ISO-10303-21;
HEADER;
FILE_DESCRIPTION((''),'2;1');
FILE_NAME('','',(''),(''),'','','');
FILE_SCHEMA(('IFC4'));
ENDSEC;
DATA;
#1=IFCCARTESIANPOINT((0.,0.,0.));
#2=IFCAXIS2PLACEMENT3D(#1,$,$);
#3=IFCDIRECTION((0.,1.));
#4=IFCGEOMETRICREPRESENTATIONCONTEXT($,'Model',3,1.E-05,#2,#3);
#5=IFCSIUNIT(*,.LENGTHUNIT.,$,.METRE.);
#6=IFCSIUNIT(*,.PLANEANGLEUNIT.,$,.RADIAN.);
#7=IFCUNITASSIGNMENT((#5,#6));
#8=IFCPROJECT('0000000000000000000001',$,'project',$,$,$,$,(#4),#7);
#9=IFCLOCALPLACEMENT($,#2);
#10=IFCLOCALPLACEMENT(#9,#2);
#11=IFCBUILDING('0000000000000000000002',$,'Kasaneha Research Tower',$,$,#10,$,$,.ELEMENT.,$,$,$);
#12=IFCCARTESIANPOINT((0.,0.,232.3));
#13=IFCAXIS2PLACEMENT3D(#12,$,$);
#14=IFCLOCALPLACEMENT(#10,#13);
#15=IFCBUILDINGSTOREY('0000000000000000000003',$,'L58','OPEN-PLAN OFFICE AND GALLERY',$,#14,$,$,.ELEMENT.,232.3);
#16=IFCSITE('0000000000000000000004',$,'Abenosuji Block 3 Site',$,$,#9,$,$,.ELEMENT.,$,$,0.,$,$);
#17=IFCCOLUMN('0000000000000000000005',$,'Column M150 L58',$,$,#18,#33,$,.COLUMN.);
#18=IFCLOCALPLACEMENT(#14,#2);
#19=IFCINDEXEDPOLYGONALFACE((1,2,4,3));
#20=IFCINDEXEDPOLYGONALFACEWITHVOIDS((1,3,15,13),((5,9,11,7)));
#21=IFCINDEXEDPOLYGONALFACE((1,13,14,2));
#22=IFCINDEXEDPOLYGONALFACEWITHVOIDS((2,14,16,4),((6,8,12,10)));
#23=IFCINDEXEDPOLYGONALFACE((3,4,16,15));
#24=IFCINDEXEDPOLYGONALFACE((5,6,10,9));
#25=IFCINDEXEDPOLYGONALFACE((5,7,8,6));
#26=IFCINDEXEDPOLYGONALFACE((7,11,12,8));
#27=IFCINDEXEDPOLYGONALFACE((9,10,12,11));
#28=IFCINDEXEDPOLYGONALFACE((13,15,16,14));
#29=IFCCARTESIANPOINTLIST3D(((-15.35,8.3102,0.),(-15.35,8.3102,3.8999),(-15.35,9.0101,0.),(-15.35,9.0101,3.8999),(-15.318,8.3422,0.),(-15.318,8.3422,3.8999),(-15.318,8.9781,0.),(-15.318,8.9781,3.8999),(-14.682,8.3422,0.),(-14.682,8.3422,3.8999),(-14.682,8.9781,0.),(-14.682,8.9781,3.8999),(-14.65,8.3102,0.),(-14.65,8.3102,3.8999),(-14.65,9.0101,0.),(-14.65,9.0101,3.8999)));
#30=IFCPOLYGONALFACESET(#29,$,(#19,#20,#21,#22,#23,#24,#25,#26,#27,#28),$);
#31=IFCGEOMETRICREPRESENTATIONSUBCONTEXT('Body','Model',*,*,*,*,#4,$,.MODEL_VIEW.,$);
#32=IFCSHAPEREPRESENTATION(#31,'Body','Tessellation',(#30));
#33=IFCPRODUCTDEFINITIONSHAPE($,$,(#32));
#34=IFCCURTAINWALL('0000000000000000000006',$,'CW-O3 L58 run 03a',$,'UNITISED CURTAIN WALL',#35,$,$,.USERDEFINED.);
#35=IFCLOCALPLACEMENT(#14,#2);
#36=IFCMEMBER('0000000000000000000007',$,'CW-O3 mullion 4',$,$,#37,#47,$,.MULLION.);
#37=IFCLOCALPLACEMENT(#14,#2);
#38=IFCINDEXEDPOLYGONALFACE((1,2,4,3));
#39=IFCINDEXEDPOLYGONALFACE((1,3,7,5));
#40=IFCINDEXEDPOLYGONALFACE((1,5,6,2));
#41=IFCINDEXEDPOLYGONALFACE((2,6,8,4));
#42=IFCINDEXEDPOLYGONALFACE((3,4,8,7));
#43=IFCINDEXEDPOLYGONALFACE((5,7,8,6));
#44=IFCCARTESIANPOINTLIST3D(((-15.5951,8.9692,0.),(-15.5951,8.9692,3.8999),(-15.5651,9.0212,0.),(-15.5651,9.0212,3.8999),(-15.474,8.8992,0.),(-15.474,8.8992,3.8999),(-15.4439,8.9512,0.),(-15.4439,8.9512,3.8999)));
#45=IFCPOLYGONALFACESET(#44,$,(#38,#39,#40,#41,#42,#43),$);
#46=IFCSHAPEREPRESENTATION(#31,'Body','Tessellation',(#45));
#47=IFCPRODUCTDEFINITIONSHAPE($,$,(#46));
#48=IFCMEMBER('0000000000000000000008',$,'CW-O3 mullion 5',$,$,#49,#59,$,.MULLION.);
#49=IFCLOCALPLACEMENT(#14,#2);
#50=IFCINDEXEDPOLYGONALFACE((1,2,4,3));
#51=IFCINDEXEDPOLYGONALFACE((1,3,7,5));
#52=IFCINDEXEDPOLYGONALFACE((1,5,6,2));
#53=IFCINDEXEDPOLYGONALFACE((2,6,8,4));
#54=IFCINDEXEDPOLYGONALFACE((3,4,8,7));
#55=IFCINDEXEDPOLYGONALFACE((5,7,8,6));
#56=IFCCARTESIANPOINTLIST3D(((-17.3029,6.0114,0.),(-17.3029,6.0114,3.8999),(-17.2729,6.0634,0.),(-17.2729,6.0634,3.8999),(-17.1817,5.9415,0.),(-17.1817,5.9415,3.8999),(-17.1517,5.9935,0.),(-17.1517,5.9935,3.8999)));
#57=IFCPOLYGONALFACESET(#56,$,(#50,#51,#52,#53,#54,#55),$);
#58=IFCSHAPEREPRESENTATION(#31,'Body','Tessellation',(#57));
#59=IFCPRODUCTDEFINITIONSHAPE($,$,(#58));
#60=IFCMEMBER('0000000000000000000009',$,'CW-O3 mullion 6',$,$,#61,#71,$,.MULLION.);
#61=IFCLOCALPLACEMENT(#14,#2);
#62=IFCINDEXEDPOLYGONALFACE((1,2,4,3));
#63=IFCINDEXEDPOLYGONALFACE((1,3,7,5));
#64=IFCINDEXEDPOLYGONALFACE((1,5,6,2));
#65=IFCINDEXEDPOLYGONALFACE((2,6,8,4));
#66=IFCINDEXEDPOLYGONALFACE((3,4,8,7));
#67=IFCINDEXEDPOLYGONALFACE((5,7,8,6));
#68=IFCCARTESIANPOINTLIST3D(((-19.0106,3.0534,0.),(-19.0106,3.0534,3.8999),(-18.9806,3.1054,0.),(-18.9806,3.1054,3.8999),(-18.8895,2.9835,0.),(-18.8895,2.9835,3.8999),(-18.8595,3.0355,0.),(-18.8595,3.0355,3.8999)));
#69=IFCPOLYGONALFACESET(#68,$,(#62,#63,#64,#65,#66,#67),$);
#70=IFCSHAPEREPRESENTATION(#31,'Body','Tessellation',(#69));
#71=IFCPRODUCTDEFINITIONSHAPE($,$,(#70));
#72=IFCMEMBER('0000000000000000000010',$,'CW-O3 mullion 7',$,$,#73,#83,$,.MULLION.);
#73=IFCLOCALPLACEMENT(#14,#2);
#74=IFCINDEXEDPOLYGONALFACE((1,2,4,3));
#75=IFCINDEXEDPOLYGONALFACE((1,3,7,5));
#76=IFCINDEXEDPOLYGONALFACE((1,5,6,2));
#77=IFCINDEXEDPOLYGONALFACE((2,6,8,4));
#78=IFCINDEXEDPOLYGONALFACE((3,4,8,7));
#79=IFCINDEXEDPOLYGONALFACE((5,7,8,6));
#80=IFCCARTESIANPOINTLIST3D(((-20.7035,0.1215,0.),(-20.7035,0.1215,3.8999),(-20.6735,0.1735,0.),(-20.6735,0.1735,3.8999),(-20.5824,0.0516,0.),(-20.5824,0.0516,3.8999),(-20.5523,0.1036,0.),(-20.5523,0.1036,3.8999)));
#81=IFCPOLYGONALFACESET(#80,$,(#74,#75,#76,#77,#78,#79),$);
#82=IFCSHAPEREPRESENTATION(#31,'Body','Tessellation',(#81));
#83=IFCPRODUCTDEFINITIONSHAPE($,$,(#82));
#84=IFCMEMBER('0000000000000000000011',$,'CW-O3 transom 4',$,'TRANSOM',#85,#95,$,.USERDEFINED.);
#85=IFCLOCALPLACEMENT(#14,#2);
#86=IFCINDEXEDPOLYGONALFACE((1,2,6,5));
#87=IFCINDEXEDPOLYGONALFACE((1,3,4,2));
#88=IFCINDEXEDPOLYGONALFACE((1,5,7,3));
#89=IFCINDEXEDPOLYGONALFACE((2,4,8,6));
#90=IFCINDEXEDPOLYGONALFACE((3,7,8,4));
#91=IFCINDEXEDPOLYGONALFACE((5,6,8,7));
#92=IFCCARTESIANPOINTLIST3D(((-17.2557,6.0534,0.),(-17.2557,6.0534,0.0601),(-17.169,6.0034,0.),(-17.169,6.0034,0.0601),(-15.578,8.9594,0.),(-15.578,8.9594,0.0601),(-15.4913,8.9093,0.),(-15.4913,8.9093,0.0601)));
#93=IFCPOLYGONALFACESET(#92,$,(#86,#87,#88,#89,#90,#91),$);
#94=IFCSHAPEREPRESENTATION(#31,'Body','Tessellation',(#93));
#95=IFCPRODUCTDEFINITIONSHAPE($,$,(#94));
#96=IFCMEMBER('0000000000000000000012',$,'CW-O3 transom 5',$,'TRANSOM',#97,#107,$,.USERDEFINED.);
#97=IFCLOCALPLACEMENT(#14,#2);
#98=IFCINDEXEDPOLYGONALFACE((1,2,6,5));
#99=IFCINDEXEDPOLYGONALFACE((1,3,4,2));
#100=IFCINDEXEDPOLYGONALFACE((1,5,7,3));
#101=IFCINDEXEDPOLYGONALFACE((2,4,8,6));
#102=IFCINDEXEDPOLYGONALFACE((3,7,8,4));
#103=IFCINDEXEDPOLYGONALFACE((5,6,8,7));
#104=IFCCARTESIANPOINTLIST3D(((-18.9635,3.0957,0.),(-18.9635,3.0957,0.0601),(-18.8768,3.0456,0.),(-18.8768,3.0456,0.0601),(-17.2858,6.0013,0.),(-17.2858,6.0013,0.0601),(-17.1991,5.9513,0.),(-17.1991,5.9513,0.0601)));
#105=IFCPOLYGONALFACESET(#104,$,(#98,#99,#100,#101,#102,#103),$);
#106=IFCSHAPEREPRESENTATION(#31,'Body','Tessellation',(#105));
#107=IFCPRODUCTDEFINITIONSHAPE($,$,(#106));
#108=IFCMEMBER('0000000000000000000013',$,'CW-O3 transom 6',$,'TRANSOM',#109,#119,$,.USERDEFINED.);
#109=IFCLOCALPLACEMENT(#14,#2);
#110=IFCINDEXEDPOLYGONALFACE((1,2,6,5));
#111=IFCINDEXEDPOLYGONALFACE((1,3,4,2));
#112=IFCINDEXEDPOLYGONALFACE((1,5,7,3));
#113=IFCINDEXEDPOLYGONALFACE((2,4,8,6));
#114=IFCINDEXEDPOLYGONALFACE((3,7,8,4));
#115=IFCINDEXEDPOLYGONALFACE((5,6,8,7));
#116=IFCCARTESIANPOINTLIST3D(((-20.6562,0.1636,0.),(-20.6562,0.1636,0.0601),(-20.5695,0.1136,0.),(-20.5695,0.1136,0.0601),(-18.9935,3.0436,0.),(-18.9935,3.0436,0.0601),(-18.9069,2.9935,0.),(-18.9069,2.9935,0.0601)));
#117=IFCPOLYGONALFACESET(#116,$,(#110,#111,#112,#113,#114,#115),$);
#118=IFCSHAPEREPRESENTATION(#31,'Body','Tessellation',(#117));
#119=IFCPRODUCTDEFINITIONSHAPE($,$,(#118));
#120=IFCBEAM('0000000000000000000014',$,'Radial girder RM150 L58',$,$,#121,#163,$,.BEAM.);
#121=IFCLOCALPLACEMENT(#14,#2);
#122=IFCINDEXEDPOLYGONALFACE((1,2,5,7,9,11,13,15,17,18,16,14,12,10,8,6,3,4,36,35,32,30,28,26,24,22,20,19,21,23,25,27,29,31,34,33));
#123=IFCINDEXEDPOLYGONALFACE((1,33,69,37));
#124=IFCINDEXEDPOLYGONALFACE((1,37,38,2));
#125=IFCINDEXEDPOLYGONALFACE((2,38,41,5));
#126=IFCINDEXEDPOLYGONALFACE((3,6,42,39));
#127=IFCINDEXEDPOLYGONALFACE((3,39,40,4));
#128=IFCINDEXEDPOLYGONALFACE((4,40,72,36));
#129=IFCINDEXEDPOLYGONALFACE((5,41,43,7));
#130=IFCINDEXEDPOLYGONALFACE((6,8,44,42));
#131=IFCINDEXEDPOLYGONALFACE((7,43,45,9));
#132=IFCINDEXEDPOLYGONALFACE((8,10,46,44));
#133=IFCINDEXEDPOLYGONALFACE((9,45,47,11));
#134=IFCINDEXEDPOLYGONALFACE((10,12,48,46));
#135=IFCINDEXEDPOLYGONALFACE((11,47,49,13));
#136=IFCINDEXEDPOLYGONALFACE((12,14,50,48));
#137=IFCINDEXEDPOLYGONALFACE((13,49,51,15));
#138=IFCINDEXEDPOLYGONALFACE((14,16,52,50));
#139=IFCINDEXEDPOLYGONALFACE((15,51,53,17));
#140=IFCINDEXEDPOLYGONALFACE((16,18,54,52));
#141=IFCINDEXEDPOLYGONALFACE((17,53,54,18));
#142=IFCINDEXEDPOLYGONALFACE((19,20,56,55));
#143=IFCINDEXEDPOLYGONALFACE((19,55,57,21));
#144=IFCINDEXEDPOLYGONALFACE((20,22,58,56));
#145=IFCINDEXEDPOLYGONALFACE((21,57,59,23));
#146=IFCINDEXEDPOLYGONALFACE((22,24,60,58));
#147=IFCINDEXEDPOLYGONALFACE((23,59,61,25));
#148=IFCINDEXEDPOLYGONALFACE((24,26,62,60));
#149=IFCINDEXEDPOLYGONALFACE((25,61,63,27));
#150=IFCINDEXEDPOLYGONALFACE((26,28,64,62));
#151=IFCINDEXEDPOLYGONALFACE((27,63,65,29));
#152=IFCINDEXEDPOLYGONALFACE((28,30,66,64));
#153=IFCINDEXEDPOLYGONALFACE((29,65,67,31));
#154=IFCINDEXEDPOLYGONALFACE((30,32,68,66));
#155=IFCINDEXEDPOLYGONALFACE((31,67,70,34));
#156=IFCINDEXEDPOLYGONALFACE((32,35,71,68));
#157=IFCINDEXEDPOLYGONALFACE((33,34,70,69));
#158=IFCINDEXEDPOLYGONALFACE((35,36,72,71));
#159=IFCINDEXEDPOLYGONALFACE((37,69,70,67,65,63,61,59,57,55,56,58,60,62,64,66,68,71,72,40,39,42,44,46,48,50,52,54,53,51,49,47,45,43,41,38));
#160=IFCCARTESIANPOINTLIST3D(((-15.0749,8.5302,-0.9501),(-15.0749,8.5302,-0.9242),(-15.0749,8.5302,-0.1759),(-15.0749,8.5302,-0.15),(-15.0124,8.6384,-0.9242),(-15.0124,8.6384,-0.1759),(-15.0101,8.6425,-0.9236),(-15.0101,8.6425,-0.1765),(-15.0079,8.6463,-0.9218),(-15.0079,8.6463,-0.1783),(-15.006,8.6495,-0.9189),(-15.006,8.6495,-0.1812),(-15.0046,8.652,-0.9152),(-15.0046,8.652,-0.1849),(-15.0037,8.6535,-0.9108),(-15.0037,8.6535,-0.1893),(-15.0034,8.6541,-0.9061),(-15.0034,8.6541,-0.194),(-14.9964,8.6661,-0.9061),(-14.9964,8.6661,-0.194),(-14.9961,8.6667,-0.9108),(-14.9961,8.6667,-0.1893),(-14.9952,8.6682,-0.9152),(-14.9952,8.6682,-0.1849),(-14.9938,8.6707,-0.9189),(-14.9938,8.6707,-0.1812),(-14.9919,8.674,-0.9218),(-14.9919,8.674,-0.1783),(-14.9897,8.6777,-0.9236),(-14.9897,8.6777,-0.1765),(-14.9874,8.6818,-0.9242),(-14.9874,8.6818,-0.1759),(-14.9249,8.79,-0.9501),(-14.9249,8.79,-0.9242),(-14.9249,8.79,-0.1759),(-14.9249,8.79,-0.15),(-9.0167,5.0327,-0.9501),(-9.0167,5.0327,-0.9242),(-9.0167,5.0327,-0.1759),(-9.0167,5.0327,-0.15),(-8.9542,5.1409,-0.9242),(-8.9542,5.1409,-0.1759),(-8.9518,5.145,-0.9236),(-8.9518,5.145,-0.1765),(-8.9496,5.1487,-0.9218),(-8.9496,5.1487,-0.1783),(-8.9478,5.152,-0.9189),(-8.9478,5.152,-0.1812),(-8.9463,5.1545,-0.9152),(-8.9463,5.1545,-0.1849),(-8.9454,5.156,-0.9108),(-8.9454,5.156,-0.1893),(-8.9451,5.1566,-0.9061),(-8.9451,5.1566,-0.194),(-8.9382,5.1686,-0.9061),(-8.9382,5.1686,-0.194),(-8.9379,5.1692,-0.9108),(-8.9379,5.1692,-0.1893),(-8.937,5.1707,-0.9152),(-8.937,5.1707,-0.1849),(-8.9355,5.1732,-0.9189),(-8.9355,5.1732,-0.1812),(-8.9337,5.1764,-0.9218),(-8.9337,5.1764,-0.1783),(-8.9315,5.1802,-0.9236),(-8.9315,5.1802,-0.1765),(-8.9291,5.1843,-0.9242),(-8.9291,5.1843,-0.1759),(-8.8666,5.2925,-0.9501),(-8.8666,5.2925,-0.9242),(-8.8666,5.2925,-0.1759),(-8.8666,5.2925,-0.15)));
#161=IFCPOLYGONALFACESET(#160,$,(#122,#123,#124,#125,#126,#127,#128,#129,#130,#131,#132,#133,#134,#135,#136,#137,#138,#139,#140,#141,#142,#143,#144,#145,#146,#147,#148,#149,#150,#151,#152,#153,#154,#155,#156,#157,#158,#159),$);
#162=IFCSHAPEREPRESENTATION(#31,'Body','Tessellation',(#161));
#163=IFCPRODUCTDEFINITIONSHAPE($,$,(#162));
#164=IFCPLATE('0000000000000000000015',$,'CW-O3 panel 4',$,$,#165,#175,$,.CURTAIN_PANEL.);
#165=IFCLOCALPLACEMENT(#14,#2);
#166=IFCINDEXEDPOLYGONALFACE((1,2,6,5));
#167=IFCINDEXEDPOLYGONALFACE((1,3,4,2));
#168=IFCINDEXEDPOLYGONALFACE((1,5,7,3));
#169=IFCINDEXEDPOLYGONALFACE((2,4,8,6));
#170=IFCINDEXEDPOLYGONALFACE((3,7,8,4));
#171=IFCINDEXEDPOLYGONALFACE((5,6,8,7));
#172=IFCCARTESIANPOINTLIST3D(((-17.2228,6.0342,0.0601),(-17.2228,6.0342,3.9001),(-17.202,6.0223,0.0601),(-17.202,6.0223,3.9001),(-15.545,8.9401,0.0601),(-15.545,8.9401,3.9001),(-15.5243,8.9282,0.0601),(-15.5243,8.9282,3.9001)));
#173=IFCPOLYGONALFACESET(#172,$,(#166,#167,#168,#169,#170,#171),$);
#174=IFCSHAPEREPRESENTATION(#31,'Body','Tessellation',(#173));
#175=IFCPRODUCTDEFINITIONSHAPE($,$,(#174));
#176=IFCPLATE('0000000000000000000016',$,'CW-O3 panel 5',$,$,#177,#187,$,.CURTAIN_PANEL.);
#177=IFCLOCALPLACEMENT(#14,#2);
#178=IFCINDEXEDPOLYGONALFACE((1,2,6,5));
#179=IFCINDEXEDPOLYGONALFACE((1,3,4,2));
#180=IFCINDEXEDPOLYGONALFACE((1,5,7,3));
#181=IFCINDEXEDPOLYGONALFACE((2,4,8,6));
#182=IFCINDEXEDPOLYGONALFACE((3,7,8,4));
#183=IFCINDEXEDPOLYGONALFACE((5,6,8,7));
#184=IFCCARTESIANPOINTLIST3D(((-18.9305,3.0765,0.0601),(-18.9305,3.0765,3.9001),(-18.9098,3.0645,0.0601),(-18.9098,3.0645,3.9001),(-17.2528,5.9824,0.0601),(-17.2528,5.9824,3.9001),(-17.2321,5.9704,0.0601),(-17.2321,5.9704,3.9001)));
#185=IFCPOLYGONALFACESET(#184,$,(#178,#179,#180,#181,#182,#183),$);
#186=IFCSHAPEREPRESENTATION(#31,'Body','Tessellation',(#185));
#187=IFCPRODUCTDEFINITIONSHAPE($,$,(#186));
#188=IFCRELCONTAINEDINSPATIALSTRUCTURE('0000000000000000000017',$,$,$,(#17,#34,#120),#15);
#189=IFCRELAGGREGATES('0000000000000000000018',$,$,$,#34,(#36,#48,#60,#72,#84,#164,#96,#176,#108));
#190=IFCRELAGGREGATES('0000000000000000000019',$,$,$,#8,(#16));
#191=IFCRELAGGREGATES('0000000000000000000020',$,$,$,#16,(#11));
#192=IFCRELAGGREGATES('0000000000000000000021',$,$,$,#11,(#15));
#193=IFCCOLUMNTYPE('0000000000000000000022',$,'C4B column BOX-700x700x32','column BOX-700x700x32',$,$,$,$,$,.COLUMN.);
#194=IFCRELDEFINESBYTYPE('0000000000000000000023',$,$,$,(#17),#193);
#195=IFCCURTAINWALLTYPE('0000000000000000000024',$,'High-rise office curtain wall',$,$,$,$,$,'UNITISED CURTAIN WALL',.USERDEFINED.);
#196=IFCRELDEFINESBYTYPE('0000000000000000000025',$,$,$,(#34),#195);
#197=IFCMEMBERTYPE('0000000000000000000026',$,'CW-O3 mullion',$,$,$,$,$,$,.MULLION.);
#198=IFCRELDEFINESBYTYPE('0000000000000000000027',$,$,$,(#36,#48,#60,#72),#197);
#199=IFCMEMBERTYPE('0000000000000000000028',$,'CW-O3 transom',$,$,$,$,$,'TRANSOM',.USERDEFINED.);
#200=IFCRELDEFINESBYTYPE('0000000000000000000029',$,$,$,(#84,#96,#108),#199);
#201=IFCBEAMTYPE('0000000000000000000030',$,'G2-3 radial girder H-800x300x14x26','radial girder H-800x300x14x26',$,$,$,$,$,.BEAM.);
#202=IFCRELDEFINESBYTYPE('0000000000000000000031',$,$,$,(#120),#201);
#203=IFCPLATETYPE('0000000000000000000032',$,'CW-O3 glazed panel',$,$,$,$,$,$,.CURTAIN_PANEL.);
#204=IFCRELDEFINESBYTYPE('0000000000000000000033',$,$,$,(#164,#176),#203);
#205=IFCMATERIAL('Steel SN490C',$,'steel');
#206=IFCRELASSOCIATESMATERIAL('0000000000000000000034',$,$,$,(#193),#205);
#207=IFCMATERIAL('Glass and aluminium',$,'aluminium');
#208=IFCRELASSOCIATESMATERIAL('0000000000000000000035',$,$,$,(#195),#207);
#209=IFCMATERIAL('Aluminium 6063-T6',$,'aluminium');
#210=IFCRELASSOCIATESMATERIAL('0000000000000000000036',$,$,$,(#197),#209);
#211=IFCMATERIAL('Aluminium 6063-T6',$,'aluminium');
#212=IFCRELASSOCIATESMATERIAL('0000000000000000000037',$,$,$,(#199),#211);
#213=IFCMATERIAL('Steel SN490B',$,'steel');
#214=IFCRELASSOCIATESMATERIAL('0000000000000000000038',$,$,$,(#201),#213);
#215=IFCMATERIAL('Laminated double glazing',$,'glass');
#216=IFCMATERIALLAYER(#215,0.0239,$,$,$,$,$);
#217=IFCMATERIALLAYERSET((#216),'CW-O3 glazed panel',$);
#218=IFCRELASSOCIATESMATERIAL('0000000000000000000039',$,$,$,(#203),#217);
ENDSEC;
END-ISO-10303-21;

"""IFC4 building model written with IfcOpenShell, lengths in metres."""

from ifc_helpers import new_model, si_unit, direction, frame, origin, origin_2d, place, context, subcontext, project, spatial, rectangle, hollow_rectangle, i_section, extrude, material, layer, layer_set, material_profile, profile_set, type_object, element, aggregate, save


model = new_model("IFC4")

# Units and contexts
model_context = context("Model", 3, precision=1e-05, world=origin(), true_north=direction((0.0, 1.0)))
body_context = subcontext(model_context, "Body", "Model", "MODEL_VIEW")
ifc_project = project(units=[si_unit("LENGTHUNIT", "METRE"), si_unit("PLANEANGLEUNIT", "RADIAN")], contexts=[model_context])

# Site, building, storey
site_placement = place(None, origin())
site = spatial("IfcSite", under=ifc_project, at=site_placement, Name="Abenosuji Block 3 Site", CompositionType="ELEMENT", RefElevation=0.0)
building_placement = place(site_placement, origin())
building = spatial("IfcBuilding", under=site, at=building_placement, Name="Kasaneha Research Tower", CompositionType="ELEMENT")
storey_placement = place(building_placement, frame((0.0, 0.0, 232.3)))
storey = spatial("IfcBuildingStorey", under=building, at=storey_placement, Name="L58", Description="OPEN-PLAN OFFICE AND GALLERY", CompositionType="ELEMENT", Elevation=232.3)

# Column
ifc_material_1 = material(Name="Steel SN490C", Category="steel")
ifc_material_profile_1 = material_profile(ifc_material_1, hollow_rectangle(XDim=0.7, YDim=0.7, WallThickness=0.032, at=origin_2d()), Name="BOX-700x700x32")
ifc_profile_set_1 = profile_set([ifc_material_profile_1], Name="Steel SN490C")
column_type = type_object("IfcColumnType", Name="C4B column BOX-700x700x32", Description="column BOX-700x700x32", PredefinedType="COLUMN", material=ifc_profile_set_1)
column_placement = place(storey_placement, frame((-15.0, 8.6602, 0.0), z_axis=(0.0, 0.0, 1.0), x_axis=(1.0, 0.0, 0.0)))
element("IfcColumn", 1, at=column_placement, inside=storey, type_object=column_type, Name="Column M150 L58", PredefinedType="COLUMN", context=body_context, shape_type="SweptSolid", body=[
    extrude(hollow_rectangle(XDim=0.7, YDim=0.7, WallThickness=0.032, at=origin_2d()), origin(), (0.0, 0.0, 1.0), 3.8999),
])

# Curtain wall, members
ifc_material_2 = material(Name="Glass and aluminium", Category="aluminium")
curtain_wall_type = type_object("IfcCurtainWallType", Name="High-rise office curtain wall", ElementType="UNITISED CURTAIN WALL", PredefinedType="USERDEFINED", material=ifc_material_2)
curtain_wall_placement = place(storey_placement, origin())
curtain_wall = element("IfcCurtainWall", 2, at=curtain_wall_placement, inside=storey, type_object=curtain_wall_type, Name="CW-O3 L58 run 03a", ObjectType="UNITISED CURTAIN WALL", PredefinedType="USERDEFINED")
ifc_material_3 = material(Name="Aluminium 6063-T6", Category="aluminium")
ifc_material_profile_2 = material_profile(ifc_material_3, rectangle(XDim=0.0601, YDim=0.1399, at=origin_2d()), Name="CW-O3 mullion 60x140")
ifc_profile_set_2 = profile_set([ifc_material_profile_2], Name="Aluminium 6063-T6")
member_type_1 = type_object("IfcMemberType", Name="CW-O3 mullion", PredefinedType="MULLION", material=ifc_profile_set_2)
member_1_placement = place(storey_placement, frame((-15.5195, 8.9602, 0.0), z_axis=(0.0, 0.0, 1.0), x_axis=(-0.5, -0.866025, 0.0)))
member_1 = element("IfcMember", 3, at=member_1_placement, type_object=member_type_1, Name="CW-O3 mullion 4", PredefinedType="MULLION", context=body_context, shape_type="SweptSolid", body=[
    extrude(rectangle(XDim=0.0601, YDim=0.1399, at=origin_2d()), origin(), (0.0, 0.0, 1.0), 3.8999),
])
member_2_placement = place(storey_placement, frame((-17.2273, 6.0024, 0.0), z_axis=(0.0, 0.0, 1.0), x_axis=(-0.5, -0.866025, 0.0)))
member_2 = element("IfcMember", 4, at=member_2_placement, type_object=member_type_1, Name="CW-O3 mullion 5", PredefinedType="MULLION", context=body_context, shape_type="SweptSolid", body=[
    extrude(rectangle(XDim=0.0601, YDim=0.1399, at=origin_2d()), origin(), (0.0, 0.0, 1.0), 3.8999),
])
member_3_placement = place(storey_placement, frame((-18.9351, 3.0444, 0.0), z_axis=(0.0, 0.0, 1.0), x_axis=(-0.5, -0.866025, 0.0)))
member_3 = element("IfcMember", 5, at=member_3_placement, type_object=member_type_1, Name="CW-O3 mullion 6", PredefinedType="MULLION", context=body_context, shape_type="SweptSolid", body=[
    extrude(rectangle(XDim=0.0601, YDim=0.1399, at=origin_2d()), origin(), (0.0, 0.0, 1.0), 3.8999),
])
member_4_placement = place(storey_placement, frame((-20.6279, 0.1125, 0.0), z_axis=(0.0, 0.0, 1.0), x_axis=(-0.5, -0.866025, 0.0)))
member_4 = element("IfcMember", 6, at=member_4_placement, type_object=member_type_1, Name="CW-O3 mullion 7", PredefinedType="MULLION", context=body_context, shape_type="SweptSolid", body=[
    extrude(rectangle(XDim=0.0601, YDim=0.1399, at=origin_2d()), origin(), (0.0, 0.0, 1.0), 3.8999),
])
ifc_material_4 = material(Name="Aluminium 6063-T6", Category="aluminium")
ifc_material_profile_3 = material_profile(ifc_material_4, rectangle(XDim=0.1001, YDim=0.0601, at=origin_2d()), Name="CW-O3 transom 100x60")
ifc_profile_set_3 = profile_set([ifc_material_profile_3], Name="Aluminium 6063-T6")
member_type_2 = type_object("IfcMemberType", Name="CW-O3 transom", ElementType="TRANSOM", PredefinedType="USERDEFINED", material=ifc_profile_set_3)
member_5_placement = place(storey_placement, frame((-15.5347, 8.9343, 0.03), z_axis=(-0.499989, -0.866032, 0.0), x_axis=(0.866032, -0.499989, 0.0)))
member_5 = element("IfcMember", 7, at=member_5_placement, type_object=member_type_2, Name="CW-O3 transom 4", ObjectType="TRANSOM", PredefinedType="USERDEFINED", context=body_context, shape_type="SweptSolid", body=[
    extrude(rectangle(XDim=0.1001, YDim=0.0601, at=origin_2d()), origin(), (0.0, 0.0, 1.0), 3.3555),
])
member_6_placement = place(storey_placement, frame((-17.2424, 5.9763, 0.03), z_axis=(-0.500021, -0.866014, 0.0), x_axis=(0.866014, -0.500021, 0.0)))
member_6 = element("IfcMember", 8, at=member_6_placement, type_object=member_type_2, Name="CW-O3 transom 5", ObjectType="TRANSOM", PredefinedType="USERDEFINED", context=body_context, shape_type="SweptSolid", body=[
    extrude(rectangle(XDim=0.1001, YDim=0.0601, at=origin_2d()), origin(), (0.0, 0.0, 1.0), 3.3552),
])
member_7_placement = place(storey_placement, frame((-18.9502, 3.0186, 0.03), z_axis=(-0.499977, -0.866039, 0.0), x_axis=(0.866039, -0.499977, 0.0)))
member_7 = element("IfcMember", 9, at=member_7_placement, type_object=member_type_2, Name="CW-O3 transom 6", ObjectType="TRANSOM", PredefinedType="USERDEFINED", context=body_context, shape_type="SweptSolid", body=[
    extrude(rectangle(XDim=0.1001, YDim=0.0601, at=origin_2d()), origin(), (0.0, 0.0, 1.0), 3.3254),
])

# Beam
ifc_material_5 = material(Name="Steel SN490B", Category="steel")
ifc_material_profile_4 = material_profile(ifc_material_5, i_section(OverallWidth=0.3, OverallDepth=0.8, WebThickness=0.0139, FlangeThickness=0.0259, FilletRadius=0.0181, at=origin_2d()), Name="H-800x300x14x26")
ifc_profile_set_4 = profile_set([ifc_material_profile_4], Name="Steel SN490B")
beam_type = type_object("IfcBeamType", Name="G2-3 radial girder H-800x300x14x26", Description="radial girder H-800x300x14x26", PredefinedType="BEAM", material=ifc_profile_set_4)
beam_placement = place(storey_placement, frame((-8.9417, 5.1626, -0.55), z_axis=(-0.86604, 0.499975, 0.0), x_axis=(-0.499975, -0.86604, 0.0)))
element("IfcBeam", 10, at=beam_placement, inside=storey, type_object=beam_type, Name="Radial girder RM150 L58", PredefinedType="BEAM", context=body_context, shape_type="SweptSolid", body=[
    extrude(i_section(OverallWidth=0.3, OverallDepth=0.8, WebThickness=0.0139, FlangeThickness=0.0259, FilletRadius=0.0181, at=origin_2d()), origin(), (0.0, 0.0, 1.0), 6.9954),
])

# Plates
ifc_material_6 = material(Name="Laminated double glazing", Category="glass")
ifc_layer_1 = layer(ifc_material_6, 0.0239)
ifc_layer_set_1 = layer_set([ifc_layer_1], Name="CW-O3 glazed panel")
plate_type = type_object("IfcPlateType", Name="CW-O3 glazed panel", PredefinedType="CURTAIN_PANEL", material=ifc_layer_set_1)
plate_1_placement = place(storey_placement, frame((-16.3735, 7.4812, 0.0601), z_axis=(0.0, 0.0, 1.0), x_axis=(-0.5, -0.866025, 0.0)))
plate_1 = element("IfcPlate", 11, at=plate_1_placement, type_object=plate_type, Name="CW-O3 panel 4", PredefinedType="CURTAIN_PANEL", context=body_context, shape_type="SweptSolid", body=[
    extrude(rectangle(XDim=3.3555, YDim=0.0239, at=origin_2d()), origin(), (0.0, 0.0, 1.0), 3.8401),
])
plate_2_placement = place(storey_placement, frame((-18.0813, 4.5234, 0.0601), z_axis=(0.0, 0.0, 1.0), x_axis=(-0.5, -0.866025, 0.0)))
plate_2 = element("IfcPlate", 12, at=plate_2_placement, type_object=plate_type, Name="CW-O3 panel 5", PredefinedType="CURTAIN_PANEL", context=body_context, shape_type="SweptSolid", body=[
    extrude(rectangle(XDim=3.3555, YDim=0.0239, at=origin_2d()), origin(), (0.0, 0.0, 1.0), 3.8401),
])
aggregate(curtain_wall, [member_1, member_2, member_3, member_4, member_5, plate_1, member_6, plate_2, member_7])

save(model, "model.ifc")
